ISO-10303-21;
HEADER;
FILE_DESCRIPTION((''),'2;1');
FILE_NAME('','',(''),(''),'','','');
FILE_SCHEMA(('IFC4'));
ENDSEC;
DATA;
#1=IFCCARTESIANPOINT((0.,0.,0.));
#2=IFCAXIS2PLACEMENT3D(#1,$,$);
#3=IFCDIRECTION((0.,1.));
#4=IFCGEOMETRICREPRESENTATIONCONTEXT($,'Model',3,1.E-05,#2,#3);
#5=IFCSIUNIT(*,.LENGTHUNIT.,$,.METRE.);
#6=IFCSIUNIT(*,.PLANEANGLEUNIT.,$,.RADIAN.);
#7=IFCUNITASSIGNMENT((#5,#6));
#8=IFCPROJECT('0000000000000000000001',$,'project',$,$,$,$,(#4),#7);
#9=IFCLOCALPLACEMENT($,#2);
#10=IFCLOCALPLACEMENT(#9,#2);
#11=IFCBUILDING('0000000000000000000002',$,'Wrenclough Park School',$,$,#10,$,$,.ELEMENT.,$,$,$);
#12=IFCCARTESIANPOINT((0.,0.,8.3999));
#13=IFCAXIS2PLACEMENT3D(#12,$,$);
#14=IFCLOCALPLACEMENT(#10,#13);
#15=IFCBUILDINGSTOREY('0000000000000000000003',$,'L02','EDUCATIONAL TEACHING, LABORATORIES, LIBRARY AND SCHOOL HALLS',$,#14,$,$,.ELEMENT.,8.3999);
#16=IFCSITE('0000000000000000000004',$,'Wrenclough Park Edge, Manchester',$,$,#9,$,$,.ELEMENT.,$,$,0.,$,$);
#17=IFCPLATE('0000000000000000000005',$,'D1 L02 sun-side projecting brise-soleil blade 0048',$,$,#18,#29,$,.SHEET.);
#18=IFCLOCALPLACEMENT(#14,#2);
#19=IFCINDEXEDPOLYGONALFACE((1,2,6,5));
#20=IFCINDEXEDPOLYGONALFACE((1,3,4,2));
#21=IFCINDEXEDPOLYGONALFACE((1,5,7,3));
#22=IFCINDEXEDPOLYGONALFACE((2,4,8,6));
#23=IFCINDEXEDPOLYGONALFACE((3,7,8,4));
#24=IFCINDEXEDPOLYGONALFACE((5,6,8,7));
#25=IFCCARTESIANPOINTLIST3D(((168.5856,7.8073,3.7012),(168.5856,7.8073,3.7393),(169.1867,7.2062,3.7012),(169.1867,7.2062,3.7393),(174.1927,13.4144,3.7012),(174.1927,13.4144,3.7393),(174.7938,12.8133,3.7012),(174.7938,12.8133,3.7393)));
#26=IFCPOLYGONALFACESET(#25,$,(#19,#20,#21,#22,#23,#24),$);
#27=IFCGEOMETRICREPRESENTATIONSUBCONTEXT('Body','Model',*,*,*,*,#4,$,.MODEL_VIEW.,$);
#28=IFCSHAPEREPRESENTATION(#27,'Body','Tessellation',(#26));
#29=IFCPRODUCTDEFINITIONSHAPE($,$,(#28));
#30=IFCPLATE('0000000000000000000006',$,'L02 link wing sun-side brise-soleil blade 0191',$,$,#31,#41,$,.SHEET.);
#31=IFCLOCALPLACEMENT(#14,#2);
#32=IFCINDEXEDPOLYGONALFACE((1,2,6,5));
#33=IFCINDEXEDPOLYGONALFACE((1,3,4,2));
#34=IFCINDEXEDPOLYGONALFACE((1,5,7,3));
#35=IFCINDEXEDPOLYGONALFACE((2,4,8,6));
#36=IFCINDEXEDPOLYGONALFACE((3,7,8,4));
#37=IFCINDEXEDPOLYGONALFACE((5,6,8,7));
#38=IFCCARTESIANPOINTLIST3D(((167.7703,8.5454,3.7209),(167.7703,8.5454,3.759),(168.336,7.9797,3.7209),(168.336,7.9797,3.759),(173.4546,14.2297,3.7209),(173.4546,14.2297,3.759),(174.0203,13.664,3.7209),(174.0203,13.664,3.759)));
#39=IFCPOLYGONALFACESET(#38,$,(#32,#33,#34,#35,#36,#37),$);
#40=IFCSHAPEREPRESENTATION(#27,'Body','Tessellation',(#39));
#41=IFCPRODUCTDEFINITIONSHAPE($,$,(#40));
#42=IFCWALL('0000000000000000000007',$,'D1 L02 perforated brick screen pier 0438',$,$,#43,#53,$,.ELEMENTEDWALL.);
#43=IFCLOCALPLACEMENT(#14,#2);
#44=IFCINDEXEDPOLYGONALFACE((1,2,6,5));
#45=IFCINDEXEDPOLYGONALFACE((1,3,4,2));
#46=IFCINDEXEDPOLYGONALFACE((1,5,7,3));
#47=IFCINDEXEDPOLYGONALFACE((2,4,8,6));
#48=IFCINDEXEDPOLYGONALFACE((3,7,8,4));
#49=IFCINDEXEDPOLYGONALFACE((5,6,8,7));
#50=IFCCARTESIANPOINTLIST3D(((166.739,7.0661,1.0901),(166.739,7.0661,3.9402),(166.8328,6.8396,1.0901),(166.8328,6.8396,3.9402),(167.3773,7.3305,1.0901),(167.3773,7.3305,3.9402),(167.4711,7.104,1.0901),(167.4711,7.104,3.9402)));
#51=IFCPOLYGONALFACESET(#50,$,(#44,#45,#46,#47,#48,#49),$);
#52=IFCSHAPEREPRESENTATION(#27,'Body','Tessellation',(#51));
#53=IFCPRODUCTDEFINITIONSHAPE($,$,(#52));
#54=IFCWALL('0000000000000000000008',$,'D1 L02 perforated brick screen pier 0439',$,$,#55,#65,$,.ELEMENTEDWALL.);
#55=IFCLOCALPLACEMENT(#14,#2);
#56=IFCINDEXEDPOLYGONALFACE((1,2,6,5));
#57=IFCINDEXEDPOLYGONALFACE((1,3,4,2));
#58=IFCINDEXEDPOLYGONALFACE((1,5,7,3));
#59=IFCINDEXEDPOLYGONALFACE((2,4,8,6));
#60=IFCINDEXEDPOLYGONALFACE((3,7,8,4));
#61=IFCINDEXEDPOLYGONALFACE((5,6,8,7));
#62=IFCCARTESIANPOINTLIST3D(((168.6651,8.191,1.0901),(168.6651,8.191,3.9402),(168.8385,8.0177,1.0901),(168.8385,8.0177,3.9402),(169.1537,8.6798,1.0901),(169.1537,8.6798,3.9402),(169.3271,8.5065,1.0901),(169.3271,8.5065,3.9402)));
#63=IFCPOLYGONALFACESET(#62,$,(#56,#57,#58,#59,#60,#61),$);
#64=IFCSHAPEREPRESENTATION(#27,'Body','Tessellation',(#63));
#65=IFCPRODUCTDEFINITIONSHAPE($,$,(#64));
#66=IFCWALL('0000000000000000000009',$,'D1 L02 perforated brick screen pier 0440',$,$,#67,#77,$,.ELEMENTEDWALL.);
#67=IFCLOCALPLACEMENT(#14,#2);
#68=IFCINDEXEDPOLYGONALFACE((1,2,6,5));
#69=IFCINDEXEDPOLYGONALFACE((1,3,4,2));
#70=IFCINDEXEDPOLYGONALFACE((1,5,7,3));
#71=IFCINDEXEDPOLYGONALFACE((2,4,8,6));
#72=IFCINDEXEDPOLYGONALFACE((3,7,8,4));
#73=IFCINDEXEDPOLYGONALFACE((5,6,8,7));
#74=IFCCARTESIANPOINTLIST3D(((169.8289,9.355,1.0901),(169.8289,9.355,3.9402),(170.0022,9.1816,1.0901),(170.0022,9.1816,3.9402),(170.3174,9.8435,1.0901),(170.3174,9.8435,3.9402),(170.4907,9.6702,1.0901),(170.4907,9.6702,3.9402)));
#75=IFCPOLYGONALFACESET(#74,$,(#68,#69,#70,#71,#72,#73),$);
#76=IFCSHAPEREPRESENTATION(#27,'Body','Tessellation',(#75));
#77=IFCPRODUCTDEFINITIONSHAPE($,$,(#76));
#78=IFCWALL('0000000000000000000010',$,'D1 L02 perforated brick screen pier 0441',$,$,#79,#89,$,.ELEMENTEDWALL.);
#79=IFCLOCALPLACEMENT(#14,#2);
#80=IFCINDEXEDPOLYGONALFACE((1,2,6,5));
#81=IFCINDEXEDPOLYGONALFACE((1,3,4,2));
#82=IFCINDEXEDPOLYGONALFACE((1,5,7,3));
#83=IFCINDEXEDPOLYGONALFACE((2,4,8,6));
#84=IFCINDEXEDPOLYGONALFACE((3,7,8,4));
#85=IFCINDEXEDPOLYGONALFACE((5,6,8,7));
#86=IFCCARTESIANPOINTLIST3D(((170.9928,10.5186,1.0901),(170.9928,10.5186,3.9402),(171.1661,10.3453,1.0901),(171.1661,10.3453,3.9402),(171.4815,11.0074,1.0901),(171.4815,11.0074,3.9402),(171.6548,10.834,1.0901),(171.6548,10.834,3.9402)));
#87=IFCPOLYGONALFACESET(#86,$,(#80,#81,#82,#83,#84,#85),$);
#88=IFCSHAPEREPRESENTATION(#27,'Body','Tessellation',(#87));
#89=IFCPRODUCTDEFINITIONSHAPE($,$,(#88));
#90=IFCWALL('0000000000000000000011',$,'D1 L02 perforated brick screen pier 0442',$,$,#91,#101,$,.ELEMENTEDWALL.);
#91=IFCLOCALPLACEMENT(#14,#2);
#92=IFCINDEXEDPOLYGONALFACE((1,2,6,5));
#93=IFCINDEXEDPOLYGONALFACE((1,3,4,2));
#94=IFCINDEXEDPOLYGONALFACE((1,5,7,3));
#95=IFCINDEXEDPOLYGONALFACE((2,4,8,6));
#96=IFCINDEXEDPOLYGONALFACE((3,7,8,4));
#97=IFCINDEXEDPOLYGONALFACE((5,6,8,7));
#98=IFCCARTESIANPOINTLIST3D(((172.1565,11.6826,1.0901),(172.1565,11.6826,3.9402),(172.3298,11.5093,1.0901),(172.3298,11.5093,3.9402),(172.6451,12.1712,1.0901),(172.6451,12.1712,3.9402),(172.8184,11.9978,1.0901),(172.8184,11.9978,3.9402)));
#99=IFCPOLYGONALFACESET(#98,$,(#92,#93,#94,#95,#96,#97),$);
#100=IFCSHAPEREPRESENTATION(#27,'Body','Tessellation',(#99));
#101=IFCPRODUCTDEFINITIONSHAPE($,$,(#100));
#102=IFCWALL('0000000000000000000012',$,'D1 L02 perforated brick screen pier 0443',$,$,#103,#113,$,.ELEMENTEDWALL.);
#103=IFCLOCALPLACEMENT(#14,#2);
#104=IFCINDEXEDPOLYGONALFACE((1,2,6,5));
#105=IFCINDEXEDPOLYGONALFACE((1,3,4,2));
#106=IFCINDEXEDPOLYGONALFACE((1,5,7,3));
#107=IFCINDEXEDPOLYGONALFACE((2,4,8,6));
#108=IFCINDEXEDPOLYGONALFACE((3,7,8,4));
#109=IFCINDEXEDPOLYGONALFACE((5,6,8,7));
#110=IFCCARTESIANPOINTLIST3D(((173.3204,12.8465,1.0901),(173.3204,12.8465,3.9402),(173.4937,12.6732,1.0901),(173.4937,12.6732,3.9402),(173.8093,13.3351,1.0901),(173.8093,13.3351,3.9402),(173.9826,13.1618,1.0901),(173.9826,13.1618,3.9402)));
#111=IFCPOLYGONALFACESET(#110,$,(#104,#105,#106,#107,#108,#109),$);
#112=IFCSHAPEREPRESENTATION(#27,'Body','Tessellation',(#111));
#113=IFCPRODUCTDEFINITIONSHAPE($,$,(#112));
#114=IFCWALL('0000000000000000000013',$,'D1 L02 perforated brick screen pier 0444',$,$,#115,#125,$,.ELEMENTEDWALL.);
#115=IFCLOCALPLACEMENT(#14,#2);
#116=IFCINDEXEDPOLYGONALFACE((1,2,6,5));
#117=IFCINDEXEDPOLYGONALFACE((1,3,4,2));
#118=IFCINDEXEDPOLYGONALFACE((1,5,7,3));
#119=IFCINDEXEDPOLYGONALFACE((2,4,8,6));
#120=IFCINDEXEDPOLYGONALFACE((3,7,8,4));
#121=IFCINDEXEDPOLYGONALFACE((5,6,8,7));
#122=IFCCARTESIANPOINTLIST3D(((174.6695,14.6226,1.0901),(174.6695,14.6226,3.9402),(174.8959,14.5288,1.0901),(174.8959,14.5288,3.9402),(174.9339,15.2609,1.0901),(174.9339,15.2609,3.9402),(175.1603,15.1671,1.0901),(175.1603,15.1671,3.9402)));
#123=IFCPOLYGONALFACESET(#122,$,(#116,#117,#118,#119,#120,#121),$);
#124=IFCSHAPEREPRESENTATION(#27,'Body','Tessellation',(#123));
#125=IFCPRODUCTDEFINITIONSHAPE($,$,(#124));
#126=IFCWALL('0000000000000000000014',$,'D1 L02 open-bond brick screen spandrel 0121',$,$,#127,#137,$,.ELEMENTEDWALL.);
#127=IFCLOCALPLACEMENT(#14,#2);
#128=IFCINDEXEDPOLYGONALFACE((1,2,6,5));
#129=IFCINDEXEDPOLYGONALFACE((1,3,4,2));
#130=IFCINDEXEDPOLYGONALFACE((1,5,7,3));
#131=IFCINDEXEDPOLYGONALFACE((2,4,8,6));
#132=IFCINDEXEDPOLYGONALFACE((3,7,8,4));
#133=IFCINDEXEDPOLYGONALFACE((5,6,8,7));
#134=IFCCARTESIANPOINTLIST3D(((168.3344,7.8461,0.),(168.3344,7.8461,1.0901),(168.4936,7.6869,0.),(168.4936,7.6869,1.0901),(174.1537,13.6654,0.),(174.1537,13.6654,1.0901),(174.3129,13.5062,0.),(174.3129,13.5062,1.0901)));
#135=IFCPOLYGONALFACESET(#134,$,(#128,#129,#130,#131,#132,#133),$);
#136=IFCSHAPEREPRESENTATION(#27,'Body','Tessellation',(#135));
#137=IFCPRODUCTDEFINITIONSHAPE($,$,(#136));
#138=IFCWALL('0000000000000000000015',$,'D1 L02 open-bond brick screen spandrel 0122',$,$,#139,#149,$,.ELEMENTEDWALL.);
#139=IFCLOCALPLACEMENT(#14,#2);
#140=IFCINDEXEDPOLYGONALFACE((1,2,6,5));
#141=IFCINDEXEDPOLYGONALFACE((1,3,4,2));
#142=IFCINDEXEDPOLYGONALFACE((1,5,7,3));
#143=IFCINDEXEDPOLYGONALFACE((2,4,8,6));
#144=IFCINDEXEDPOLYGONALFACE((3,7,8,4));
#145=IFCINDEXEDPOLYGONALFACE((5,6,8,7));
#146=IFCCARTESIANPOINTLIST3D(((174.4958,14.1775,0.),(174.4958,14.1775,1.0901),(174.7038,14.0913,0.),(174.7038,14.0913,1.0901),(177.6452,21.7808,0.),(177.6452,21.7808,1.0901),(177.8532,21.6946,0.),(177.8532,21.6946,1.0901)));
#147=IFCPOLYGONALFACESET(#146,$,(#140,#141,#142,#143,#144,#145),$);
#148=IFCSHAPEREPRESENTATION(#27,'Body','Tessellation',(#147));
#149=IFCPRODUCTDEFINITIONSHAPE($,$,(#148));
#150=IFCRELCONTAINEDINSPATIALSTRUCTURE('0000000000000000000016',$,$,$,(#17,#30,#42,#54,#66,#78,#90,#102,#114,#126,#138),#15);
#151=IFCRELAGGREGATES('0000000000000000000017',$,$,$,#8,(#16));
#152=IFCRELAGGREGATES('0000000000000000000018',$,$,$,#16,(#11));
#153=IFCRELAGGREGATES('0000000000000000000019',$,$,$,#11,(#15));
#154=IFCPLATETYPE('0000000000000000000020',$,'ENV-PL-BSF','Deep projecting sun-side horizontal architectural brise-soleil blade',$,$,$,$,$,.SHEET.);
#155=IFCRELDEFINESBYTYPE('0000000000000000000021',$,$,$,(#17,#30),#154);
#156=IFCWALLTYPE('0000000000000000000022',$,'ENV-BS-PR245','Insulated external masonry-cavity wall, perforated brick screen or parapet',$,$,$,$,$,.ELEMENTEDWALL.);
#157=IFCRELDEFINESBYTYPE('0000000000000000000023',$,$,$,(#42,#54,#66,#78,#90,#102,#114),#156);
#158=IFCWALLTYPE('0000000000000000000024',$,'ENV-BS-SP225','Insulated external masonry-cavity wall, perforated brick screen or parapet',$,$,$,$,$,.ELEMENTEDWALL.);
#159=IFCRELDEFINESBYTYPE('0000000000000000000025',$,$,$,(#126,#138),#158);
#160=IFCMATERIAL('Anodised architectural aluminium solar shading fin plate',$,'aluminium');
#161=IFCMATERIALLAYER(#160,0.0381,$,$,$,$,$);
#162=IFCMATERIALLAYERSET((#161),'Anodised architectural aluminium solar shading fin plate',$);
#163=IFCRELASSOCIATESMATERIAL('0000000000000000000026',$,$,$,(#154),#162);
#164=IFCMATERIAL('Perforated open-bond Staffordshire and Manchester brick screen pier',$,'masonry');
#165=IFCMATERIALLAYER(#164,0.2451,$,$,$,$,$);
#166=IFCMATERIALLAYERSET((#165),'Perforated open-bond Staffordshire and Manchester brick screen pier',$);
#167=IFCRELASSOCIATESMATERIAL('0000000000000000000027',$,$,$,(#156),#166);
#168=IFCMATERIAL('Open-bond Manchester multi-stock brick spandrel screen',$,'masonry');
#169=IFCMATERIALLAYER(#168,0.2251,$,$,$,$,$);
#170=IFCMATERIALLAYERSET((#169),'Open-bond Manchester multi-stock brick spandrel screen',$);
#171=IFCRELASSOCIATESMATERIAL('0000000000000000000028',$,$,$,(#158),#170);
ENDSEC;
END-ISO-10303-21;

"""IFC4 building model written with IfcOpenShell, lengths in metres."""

from ifc_helpers import new_model, si_unit, direction, frame, frame_2d, origin, origin_2d, place, context, subcontext, project, spatial, rectangle, extrude, material, layer, layer_set, type_object, element, save


model = new_model("IFC4")

# Units and contexts
model_context = context("Model", 3, precision=1e-05, world=origin(), true_north=direction((0.0, 1.0)))
body_context = subcontext(model_context, "Body", "Model", "MODEL_VIEW")
ifc_project = project(units=[si_unit("LENGTHUNIT", "METRE"), si_unit("PLANEANGLEUNIT", "RADIAN")], contexts=[model_context])

# Site, building, storey
site_placement = place(None, origin())
site = spatial("IfcSite", under=ifc_project, at=site_placement, Name="Wrenclough Park Edge, Manchester", CompositionType="ELEMENT", RefElevation=0.0)
building_placement = place(site_placement, origin())
building = spatial("IfcBuilding", under=site, at=building_placement, Name="Wrenclough Park School", CompositionType="ELEMENT")
storey_placement = place(building_placement, frame((0.0, 0.0, 8.3999)))
storey = spatial("IfcBuildingStorey", under=building, at=storey_placement, Name="L02", Description="EDUCATIONAL TEACHING, LABORATORIES, LIBRARY AND SCHOOL HALLS", CompositionType="ELEMENT", Elevation=8.3999)

# Plates
ifc_material_1 = material(Name="Anodised architectural aluminium solar shading fin plate", Category="aluminium")
ifc_layer_1 = layer(ifc_material_1, 0.0381)
ifc_layer_set_1 = layer_set([ifc_layer_1], Name="Anodised architectural aluminium solar shading fin plate")
plate_type = type_object("IfcPlateType", Name="ENV-PL-BSF", Description="Deep projecting sun-side horizontal architectural brise-soleil blade", PredefinedType="SHEET", material=ifc_layer_set_1)
plate_1_placement = place(storey_placement, frame((171.6897, 10.3103, 3.7012), z_axis=(0.0, 0.0, 1.0), x_axis=(0.707107, 0.707107, 0.0)))
element("IfcPlate", 1, at=plate_1_placement, inside=storey, type_object=plate_type, Name="D1 L02 sun-side projecting brise-soleil blade 0048", PredefinedType="SHEET", context=body_context, shape_type="SweptSolid", body=[
    extrude(rectangle(XDim=7.9297, YDim=0.8501, at=origin_2d()), origin(), (0.0, 0.0, 1.0), 0.0381),
])
plate_2_placement = place(storey_placement, frame((170.8953, 11.1047, 3.7209), z_axis=(0.0, 0.0, 1.0), x_axis=(-0.707107, -0.707107, 0.0)))
element("IfcPlate", 2, at=plate_2_placement, inside=storey, type_object=plate_type, Name="L02 link wing sun-side brise-soleil blade 0191", PredefinedType="SHEET", context=body_context, shape_type="SweptSolid", body=[
    extrude(rectangle(XDim=8.0388, YDim=0.8, at=origin_2d()), origin(), (0.0, 0.0, 1.0), 0.0381),
])

# Walls
ifc_material_2 = material(Name="Perforated open-bond Staffordshire and Manchester brick screen pier", Category="masonry")
ifc_layer_2 = layer(ifc_material_2, 0.2451)
ifc_layer_set_2 = layer_set([ifc_layer_2], Name="Perforated open-bond Staffordshire and Manchester brick screen pier")
wall_type_1 = type_object("IfcWallType", Name="ENV-BS-PR245", Description="Insulated external masonry-cavity wall, perforated brick screen or parapet", PredefinedType="ELEMENTEDWALL", material=ifc_layer_set_2)
wall_1_placement = place(storey_placement, frame((166.7859, 6.9529, 1.0901), z_axis=(0.0, 0.0, 1.0), x_axis=(0.923901, 0.382633, 0.0)))
element("IfcWall", 3, at=wall_1_placement, inside=storey, type_object=wall_type_1, Name="D1 L02 perforated brick screen pier 0438", PredefinedType="ELEMENTEDWALL", context=body_context, shape_type="SweptSolid", body=[
    extrude(rectangle(XDim=0.6909, YDim=0.2451, at=frame_2d((0.3455, 0.0))), origin(), (0.0, 0.0, 1.0), 2.8501),
])
wall_2_placement = place(storey_placement, frame((168.7517, 8.1042, 1.0901), z_axis=(0.0, 0.0, 1.0), x_axis=(0.70693, 0.707283, 0.0)))
element("IfcWall", 4, at=wall_2_placement, inside=storey, type_object=wall_type_1, Name="D1 L02 perforated brick screen pier 0439", PredefinedType="ELEMENTEDWALL", context=body_context, shape_type="SweptSolid", body=[
    extrude(rectangle(XDim=0.6912, YDim=0.2451, at=frame_2d((0.3457, 0.0))), origin(), (0.0, 0.0, 1.0), 2.8501),
])
wall_3_placement = place(storey_placement, frame((169.9155, 9.2683, 1.0901), z_axis=(0.0, 0.0, 1.0), x_axis=(0.707107, 0.707107, 0.0)))
element("IfcWall", 5, at=wall_3_placement, inside=storey, type_object=wall_type_1, Name="D1 L02 perforated brick screen pier 0440", PredefinedType="ELEMENTEDWALL", context=body_context, shape_type="SweptSolid", body=[
    extrude(rectangle(XDim=0.6909, YDim=0.2451, at=frame_2d((0.3455, 0.0))), origin(), (0.0, 0.0, 1.0), 2.8501),
])
wall_4_placement = place(storey_placement, frame((171.0793, 10.4319, 1.0901), z_axis=(0.0, 0.0, 1.0), x_axis=(0.707107, 0.707107, 0.0)))
element("IfcWall", 6, at=wall_4_placement, inside=storey, type_object=wall_type_1, Name="D1 L02 perforated brick screen pier 0441", PredefinedType="ELEMENTEDWALL", context=body_context, shape_type="SweptSolid", body=[
    extrude(rectangle(XDim=0.6912, YDim=0.2451, at=frame_2d((0.3457, 0.0))), origin(), (0.0, 0.0, 1.0), 2.8501),
])
wall_5_placement = place(storey_placement, frame((172.2432, 11.5959, 1.0901), z_axis=(0.0, 0.0, 1.0), x_axis=(0.707107, 0.707107, 0.0)))
element("IfcWall", 7, at=wall_5_placement, inside=storey, type_object=wall_type_1, Name="D1 L02 perforated brick screen pier 0442", PredefinedType="ELEMENTEDWALL", context=body_context, shape_type="SweptSolid", body=[
    extrude(rectangle(XDim=0.6909, YDim=0.2451, at=frame_2d((0.3455, 0.0))), origin(), (0.0, 0.0, 1.0), 2.8501),
])
wall_6_placement = place(storey_placement, frame((173.407, 12.7598, 1.0901), z_axis=(0.0, 0.0, 1.0), x_axis=(0.707283, 0.70693, 0.0)))
element("IfcWall", 8, at=wall_6_placement, inside=storey, type_object=wall_type_1, Name="D1 L02 perforated brick screen pier 0443", PredefinedType="ELEMENTEDWALL", context=body_context, shape_type="SweptSolid", body=[
    extrude(rectangle(XDim=0.6912, YDim=0.2451, at=frame_2d((0.3457, 0.0))), origin(), (0.0, 0.0, 1.0), 2.8501),
])
wall_7_placement = place(storey_placement, frame((174.7827, 14.5757, 1.0901), z_axis=(0.0, 0.0, 1.0), x_axis=(0.382633, 0.923901, 0.0)))
element("IfcWall", 9, at=wall_7_placement, inside=storey, type_object=wall_type_1, Name="D1 L02 perforated brick screen pier 0444", PredefinedType="ELEMENTEDWALL", context=body_context, shape_type="SweptSolid", body=[
    extrude(rectangle(XDim=0.6909, YDim=0.2451, at=frame_2d((0.3455, 0.0))), origin(), (0.0, 0.0, 1.0), 2.8501),
])
ifc_material_3 = material(Name="Open-bond Manchester multi-stock brick spandrel screen", Category="masonry")
ifc_layer_3 = layer(ifc_material_3, 0.2251)
ifc_layer_set_3 = layer_set([ifc_layer_3], Name="Open-bond Manchester multi-stock brick spandrel screen")
wall_type_2 = type_object("IfcWallType", Name="ENV-BS-SP225", Description="Insulated external masonry-cavity wall, perforated brick screen or parapet", PredefinedType="ELEMENTEDWALL", material=ifc_layer_set_3)
for number, where, z_axis, x_axis, name in (
    (10, (168.4141, 7.7666, 0.0), (0.0, 0.0, 1.0), (0.707107, 0.707107, 0.0), "D1 L02 open-bond brick screen spandrel 0121"),
    (11, (174.5999, 14.1345, 0.0), (0.0, 0.0, 1.0), (0.382687, 0.923878, 0.0), "D1 L02 open-bond brick screen spandrel 0122"),
):
    element("IfcWall", number, at=place(storey_placement, frame(where, z_axis=z_axis, x_axis=x_axis)), inside=storey, type_object=wall_type_2, Name=name, PredefinedType="ELEMENTEDWALL", context=body_context, shape_type="SweptSolid", body=[
        extrude(rectangle(XDim=8.2297, YDim=0.2251, at=frame_2d((4.1147, 0.0))), origin(), (0.0, 0.0, 1.0), 1.0901),
    ])

save(model, "model.ifc")
